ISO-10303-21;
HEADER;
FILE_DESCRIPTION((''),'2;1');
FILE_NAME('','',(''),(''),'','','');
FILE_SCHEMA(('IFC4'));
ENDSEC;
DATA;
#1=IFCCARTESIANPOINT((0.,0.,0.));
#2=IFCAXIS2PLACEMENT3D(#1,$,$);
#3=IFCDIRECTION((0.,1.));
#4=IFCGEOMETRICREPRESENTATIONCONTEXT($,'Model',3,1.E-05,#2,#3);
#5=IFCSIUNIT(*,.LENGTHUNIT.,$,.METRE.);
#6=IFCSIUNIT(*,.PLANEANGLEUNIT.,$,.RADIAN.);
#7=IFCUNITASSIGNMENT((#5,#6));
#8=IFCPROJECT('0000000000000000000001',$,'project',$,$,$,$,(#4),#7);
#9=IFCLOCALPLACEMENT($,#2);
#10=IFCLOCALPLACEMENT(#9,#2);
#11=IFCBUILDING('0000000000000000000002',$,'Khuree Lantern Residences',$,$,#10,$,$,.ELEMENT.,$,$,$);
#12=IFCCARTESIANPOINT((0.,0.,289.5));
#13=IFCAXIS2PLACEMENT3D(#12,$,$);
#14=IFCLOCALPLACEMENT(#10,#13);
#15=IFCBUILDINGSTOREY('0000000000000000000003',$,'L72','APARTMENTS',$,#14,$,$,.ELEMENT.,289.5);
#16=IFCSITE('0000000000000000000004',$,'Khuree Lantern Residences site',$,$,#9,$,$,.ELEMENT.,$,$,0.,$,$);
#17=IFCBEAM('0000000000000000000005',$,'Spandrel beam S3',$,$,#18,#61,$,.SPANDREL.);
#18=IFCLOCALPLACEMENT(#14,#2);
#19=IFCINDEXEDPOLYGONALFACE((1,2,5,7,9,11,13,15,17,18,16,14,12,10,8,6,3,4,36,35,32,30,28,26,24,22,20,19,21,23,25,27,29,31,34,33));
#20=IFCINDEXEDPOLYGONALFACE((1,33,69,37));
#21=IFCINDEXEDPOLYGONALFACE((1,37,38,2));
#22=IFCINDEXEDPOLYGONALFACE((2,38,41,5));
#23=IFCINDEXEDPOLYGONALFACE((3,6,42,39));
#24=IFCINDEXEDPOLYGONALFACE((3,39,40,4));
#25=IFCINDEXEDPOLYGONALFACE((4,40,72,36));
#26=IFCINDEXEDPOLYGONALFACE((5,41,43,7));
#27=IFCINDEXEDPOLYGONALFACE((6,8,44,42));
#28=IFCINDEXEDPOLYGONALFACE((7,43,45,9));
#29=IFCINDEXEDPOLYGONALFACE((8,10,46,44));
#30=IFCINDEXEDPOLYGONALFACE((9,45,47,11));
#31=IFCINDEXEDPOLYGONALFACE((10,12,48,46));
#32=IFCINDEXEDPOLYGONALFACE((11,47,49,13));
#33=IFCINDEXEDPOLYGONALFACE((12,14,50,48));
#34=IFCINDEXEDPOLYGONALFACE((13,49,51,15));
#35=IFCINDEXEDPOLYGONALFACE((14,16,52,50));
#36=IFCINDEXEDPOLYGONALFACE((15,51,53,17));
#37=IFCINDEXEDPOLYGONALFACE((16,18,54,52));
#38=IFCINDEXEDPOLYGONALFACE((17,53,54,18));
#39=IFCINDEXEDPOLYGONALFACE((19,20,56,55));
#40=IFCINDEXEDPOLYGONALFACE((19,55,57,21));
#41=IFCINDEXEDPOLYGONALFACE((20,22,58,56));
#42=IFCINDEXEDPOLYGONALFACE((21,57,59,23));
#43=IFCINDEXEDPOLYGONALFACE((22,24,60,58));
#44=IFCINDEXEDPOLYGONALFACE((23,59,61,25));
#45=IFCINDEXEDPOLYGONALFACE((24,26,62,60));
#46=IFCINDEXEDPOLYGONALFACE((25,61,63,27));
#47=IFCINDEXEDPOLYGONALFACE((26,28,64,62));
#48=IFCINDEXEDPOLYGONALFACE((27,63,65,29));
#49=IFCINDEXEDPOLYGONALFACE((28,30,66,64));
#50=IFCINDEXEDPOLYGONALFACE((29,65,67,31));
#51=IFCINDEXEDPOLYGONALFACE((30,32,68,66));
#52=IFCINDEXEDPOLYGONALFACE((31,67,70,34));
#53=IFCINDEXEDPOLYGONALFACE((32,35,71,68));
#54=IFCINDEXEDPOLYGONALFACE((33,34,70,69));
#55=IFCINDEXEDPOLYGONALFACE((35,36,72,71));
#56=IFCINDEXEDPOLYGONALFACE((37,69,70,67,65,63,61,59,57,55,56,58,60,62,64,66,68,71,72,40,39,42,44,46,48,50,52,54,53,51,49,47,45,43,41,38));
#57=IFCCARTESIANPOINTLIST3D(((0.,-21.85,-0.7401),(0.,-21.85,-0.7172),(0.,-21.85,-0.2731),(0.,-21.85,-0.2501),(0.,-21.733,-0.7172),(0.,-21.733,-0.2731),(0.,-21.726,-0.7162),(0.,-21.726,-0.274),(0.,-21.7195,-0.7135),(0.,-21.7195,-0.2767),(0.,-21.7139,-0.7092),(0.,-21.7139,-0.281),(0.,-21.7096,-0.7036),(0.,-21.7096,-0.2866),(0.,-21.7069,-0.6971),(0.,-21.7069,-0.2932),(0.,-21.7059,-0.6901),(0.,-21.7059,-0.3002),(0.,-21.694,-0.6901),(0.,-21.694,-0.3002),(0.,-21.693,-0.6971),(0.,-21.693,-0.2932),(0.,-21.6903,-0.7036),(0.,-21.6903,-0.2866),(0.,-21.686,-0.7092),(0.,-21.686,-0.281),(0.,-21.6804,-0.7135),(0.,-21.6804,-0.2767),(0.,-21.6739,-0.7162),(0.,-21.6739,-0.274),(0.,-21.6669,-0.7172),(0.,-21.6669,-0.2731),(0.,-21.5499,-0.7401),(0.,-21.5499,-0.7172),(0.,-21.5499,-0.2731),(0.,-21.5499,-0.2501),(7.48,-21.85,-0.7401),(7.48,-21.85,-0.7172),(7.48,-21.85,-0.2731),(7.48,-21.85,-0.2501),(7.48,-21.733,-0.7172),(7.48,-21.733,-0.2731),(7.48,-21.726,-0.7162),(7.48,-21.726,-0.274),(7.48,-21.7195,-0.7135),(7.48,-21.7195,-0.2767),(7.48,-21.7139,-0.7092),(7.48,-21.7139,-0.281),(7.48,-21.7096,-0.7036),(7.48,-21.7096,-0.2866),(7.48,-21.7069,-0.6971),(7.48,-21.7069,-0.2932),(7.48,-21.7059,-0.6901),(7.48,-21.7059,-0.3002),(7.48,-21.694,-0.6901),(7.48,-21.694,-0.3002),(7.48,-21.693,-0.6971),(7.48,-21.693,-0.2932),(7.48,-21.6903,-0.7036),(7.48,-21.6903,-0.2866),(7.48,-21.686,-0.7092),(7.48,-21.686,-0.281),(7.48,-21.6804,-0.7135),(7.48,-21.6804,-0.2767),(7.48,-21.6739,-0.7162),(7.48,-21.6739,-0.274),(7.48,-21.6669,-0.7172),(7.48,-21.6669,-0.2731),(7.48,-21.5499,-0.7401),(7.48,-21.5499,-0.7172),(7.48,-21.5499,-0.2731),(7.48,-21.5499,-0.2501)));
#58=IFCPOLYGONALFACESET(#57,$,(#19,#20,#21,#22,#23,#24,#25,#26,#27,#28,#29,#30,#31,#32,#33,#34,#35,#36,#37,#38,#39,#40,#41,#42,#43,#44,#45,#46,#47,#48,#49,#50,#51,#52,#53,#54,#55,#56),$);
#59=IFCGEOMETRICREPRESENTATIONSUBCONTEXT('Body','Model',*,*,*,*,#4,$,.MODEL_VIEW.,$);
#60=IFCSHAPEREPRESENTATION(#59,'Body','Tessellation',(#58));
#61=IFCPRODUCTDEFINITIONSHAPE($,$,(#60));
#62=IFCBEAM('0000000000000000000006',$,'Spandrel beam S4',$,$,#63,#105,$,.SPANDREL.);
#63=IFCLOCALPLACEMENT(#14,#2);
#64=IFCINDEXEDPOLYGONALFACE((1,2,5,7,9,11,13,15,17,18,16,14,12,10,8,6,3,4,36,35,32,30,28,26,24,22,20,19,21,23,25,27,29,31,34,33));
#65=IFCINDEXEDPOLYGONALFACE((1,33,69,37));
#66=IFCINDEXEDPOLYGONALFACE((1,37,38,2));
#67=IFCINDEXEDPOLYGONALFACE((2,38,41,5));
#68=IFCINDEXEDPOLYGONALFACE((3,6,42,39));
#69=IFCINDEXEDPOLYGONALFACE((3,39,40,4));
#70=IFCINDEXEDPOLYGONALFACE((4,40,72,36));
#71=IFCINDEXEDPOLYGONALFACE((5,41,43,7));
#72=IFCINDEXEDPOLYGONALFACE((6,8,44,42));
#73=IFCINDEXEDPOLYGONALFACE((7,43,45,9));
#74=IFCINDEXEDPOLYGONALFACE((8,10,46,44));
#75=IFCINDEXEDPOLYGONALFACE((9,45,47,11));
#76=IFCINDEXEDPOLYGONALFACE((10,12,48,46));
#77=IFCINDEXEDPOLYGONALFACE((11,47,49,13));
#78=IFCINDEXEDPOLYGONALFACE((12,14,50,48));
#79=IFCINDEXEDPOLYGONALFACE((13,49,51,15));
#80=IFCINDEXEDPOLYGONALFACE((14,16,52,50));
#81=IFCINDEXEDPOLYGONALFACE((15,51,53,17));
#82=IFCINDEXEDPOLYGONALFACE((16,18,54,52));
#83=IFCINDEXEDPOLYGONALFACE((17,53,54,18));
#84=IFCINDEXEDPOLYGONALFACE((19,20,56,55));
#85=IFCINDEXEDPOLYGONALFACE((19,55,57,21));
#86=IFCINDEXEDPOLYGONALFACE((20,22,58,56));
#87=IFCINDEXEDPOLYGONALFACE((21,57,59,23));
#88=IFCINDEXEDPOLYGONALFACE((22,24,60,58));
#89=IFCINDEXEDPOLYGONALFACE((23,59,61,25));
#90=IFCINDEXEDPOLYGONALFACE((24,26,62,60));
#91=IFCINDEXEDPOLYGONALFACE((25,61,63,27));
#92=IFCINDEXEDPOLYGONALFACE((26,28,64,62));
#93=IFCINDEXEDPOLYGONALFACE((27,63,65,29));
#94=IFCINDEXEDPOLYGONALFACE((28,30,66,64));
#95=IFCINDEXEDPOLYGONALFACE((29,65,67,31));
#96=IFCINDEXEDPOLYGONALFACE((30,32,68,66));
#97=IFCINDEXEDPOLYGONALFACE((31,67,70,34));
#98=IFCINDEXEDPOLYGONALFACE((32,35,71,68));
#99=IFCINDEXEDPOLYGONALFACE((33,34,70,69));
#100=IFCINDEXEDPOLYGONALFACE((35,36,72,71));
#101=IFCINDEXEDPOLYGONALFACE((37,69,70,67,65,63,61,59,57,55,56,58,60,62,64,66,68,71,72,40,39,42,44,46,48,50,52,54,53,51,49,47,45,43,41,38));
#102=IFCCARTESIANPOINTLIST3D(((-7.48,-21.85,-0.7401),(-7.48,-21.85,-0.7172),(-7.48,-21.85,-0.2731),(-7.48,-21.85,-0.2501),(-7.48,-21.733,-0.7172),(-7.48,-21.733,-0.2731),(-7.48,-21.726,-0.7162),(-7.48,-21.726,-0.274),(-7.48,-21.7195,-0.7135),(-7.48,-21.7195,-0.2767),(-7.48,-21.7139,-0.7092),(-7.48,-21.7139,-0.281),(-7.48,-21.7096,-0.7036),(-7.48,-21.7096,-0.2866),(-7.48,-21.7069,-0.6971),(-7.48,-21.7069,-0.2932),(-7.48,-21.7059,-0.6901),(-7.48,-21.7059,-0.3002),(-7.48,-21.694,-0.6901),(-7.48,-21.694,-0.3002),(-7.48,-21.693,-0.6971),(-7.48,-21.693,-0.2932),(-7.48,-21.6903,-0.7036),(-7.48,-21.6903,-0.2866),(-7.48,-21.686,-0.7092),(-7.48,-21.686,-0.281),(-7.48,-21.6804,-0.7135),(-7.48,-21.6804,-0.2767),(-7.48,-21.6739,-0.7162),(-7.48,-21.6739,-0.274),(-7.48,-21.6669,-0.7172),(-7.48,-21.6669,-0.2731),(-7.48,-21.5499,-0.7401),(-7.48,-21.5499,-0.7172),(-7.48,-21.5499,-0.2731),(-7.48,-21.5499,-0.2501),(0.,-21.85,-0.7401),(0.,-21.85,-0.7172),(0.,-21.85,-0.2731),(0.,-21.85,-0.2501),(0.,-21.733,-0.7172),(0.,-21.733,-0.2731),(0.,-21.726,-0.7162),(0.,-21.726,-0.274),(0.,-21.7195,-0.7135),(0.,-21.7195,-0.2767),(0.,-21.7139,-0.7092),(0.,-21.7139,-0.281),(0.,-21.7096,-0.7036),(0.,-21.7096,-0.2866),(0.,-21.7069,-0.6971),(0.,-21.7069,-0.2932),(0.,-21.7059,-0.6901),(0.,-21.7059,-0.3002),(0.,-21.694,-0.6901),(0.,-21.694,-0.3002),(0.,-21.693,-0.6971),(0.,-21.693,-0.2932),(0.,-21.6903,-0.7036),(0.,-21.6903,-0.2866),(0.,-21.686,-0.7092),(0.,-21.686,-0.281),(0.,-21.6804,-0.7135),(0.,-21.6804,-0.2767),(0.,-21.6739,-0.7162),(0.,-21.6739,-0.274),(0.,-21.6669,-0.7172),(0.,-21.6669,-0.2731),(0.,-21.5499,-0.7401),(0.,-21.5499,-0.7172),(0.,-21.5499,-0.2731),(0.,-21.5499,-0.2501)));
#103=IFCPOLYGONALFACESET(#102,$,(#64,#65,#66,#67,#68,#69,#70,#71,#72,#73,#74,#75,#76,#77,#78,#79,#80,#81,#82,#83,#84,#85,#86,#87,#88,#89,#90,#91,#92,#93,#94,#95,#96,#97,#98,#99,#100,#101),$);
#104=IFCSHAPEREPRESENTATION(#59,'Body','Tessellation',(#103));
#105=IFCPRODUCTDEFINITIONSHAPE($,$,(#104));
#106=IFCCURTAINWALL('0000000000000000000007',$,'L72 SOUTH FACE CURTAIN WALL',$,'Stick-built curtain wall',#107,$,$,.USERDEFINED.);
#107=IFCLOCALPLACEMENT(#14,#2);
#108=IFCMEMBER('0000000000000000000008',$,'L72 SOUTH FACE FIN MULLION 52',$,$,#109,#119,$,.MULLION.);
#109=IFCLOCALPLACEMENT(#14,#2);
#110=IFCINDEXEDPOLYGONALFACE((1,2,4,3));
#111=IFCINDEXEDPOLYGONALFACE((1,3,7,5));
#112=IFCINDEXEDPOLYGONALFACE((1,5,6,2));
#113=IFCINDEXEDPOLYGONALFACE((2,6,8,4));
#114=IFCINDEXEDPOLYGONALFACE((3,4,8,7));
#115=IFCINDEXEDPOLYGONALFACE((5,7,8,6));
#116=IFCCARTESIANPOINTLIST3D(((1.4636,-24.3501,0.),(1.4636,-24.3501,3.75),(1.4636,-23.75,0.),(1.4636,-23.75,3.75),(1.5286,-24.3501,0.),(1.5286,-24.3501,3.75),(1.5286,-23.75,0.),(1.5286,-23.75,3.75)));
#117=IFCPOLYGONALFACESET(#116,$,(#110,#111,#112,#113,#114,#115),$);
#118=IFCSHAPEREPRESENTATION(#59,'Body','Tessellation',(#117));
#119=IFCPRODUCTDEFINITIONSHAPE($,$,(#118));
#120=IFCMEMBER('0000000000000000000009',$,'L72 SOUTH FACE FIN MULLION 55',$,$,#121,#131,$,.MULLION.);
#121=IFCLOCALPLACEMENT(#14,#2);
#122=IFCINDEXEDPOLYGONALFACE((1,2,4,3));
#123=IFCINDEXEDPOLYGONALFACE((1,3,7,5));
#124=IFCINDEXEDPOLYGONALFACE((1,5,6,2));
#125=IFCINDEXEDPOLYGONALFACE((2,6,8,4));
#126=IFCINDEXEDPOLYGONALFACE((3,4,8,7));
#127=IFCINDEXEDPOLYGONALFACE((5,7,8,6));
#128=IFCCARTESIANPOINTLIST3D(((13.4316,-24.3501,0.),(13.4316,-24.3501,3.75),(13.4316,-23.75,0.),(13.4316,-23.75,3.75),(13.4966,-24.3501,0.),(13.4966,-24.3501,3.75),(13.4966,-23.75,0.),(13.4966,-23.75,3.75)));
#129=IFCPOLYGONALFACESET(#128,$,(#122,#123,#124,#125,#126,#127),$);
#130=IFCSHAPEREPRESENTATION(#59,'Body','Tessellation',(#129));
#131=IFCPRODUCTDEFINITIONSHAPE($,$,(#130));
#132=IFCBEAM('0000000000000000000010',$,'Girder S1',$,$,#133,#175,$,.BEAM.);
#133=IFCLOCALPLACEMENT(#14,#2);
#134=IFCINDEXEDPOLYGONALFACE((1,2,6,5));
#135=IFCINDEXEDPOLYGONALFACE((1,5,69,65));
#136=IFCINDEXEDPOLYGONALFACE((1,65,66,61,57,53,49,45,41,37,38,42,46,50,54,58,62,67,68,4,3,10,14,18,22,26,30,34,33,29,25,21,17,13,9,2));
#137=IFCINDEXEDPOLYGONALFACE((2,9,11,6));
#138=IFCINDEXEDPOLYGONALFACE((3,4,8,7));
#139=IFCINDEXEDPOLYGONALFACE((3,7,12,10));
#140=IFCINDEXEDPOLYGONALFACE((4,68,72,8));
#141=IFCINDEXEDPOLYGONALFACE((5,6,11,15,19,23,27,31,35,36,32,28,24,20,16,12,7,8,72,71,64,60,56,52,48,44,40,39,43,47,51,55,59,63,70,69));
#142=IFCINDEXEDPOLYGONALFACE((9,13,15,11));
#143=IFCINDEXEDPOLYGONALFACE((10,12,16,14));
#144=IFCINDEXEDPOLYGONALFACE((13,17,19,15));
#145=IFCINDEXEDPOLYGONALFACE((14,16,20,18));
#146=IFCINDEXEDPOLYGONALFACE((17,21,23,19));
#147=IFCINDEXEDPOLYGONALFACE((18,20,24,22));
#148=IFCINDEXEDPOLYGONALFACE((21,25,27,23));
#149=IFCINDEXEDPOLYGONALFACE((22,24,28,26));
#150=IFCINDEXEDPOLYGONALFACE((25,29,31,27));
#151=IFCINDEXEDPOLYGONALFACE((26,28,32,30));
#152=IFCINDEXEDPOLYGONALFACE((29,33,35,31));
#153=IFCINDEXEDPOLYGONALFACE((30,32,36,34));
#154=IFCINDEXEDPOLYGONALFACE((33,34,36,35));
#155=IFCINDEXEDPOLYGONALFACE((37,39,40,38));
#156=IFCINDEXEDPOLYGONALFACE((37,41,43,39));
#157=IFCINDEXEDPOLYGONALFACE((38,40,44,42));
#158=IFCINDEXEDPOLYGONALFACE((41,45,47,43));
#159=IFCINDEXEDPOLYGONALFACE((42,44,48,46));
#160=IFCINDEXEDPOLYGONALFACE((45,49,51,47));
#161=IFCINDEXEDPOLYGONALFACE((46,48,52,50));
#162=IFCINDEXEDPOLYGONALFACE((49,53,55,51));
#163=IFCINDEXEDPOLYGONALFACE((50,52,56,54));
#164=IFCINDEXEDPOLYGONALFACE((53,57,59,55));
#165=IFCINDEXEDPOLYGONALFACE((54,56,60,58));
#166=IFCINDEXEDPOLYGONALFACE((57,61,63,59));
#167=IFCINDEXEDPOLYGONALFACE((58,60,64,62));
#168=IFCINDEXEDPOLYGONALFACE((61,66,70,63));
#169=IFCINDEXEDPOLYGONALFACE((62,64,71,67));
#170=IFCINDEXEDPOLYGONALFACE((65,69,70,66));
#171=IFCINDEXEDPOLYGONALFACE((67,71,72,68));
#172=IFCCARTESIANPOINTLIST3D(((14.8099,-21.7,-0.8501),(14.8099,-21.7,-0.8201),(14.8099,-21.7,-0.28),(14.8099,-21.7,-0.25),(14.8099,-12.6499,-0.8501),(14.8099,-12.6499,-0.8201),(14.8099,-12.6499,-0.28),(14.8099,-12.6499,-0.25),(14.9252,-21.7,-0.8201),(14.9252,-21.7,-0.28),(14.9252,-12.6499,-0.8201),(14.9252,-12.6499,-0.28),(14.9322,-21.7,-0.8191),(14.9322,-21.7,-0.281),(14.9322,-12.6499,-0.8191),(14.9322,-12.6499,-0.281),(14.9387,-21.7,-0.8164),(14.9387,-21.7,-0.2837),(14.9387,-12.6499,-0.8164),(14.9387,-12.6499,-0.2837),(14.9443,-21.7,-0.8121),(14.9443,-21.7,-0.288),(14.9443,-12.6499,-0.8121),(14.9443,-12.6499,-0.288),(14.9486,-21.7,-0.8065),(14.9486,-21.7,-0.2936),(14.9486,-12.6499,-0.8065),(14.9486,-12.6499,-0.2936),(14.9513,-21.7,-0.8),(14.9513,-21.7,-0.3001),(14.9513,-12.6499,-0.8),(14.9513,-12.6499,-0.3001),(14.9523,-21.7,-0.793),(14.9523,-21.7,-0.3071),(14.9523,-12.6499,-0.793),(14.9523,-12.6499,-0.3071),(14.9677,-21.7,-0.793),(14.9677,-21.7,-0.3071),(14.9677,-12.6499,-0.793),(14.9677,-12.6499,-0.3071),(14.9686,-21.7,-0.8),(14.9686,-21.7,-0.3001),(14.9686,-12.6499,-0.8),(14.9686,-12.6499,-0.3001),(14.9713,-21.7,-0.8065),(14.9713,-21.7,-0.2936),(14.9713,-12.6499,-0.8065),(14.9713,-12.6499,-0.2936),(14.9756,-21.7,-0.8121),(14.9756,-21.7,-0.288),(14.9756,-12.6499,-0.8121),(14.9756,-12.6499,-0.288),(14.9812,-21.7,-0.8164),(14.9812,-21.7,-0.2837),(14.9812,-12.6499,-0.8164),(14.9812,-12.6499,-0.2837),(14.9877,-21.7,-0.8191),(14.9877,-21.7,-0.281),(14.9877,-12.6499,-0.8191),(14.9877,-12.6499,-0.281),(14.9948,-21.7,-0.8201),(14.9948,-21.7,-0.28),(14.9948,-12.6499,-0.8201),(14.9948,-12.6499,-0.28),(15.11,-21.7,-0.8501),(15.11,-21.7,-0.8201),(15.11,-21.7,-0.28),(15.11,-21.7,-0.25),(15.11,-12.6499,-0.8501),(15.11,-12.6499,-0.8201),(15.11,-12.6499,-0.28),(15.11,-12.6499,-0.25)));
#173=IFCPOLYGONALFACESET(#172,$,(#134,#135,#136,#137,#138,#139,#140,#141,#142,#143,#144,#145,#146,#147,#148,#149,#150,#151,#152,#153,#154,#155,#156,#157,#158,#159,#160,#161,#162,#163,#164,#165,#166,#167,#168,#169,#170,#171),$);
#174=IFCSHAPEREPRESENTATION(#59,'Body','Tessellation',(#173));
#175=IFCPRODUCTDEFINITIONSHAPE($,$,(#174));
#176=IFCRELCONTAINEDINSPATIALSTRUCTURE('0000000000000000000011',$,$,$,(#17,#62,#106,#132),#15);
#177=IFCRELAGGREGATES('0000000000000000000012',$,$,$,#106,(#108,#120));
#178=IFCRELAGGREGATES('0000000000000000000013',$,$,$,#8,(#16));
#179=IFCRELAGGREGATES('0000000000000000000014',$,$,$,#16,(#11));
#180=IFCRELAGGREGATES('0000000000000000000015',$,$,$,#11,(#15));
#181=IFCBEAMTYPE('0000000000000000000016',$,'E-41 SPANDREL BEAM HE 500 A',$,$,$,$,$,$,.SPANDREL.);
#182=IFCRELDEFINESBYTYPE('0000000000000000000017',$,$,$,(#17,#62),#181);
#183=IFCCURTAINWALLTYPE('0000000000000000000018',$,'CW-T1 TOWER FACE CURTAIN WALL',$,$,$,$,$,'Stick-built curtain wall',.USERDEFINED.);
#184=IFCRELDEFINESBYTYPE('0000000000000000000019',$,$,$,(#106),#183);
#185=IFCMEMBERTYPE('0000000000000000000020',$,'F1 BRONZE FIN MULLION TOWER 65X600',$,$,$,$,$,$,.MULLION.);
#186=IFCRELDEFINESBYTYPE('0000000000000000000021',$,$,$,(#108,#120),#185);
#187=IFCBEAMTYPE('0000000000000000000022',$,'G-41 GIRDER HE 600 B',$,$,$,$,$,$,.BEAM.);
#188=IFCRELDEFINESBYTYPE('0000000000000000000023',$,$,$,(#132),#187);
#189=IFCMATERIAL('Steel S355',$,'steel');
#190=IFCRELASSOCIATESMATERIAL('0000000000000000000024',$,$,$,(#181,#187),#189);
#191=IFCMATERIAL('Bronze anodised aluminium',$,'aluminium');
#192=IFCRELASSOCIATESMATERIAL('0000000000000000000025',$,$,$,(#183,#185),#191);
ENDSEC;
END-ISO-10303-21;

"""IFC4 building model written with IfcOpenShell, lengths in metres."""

from ifc_helpers import new_model, si_unit, direction, frame, origin, origin_2d, place, context, subcontext, project, spatial, rectangle, i_section, extrude, material, material_profile, profile_set, type_object, element, aggregate, save


model = new_model("IFC4")

# Units and contexts
model_context = context("Model", 3, precision=1e-05, world=origin(), true_north=direction((0.0, 1.0)))
body_context = subcontext(model_context, "Body", "Model", "MODEL_VIEW")
ifc_project = project(units=[si_unit("LENGTHUNIT", "METRE"), si_unit("PLANEANGLEUNIT", "RADIAN")], contexts=[model_context])

# Site, building, storey
site_placement = place(None, origin())
site = spatial("IfcSite", under=ifc_project, at=site_placement, Name="Khuree Lantern Residences site", CompositionType="ELEMENT", RefElevation=0.0)
building_placement = place(site_placement, origin())
building = spatial("IfcBuilding", under=site, at=building_placement, Name="Khuree Lantern Residences", CompositionType="ELEMENT")
storey_placement = place(building_placement, frame((0.0, 0.0, 289.5)))
storey = spatial("IfcBuildingStorey", under=building, at=storey_placement, Name="L72", Description="APARTMENTS", CompositionType="ELEMENT", Elevation=289.5)

# Beams
ifc_material_1 = material(Name="Steel S355", Category="steel")
ifc_material_profile_1 = material_profile(ifc_material_1, i_section(OverallWidth=0.3, OverallDepth=0.49, WebThickness=0.012, FlangeThickness=0.0229, FilletRadius=0.0271, at=origin_2d()), Name="HE 500 A")
ifc_profile_set_1 = profile_set([ifc_material_profile_1], Name="Steel S355")
beam_type_1 = type_object("IfcBeamType", Name="E-41 SPANDREL BEAM HE 500 A", PredefinedType="SPANDREL", material=ifc_profile_set_1)
for number, where, z_axis, x_axis, name in (
    (1, (7.48, -21.7, -0.4951), (-1.0, 0.0, 0.0), (0.0, -1.0, 0.0), "Spandrel beam S3"),
    (2, (0.0, -21.7, -0.4951), (-1.0, 0.0, 0.0), (0.0, -1.0, 0.0), "Spandrel beam S4"),
):
    element("IfcBeam", number, at=place(storey_placement, frame(where, z_axis=z_axis, x_axis=x_axis)), inside=storey, type_object=beam_type_1, Name=name, PredefinedType="SPANDREL", context=body_context, shape_type="SweptSolid", body=[
        extrude(i_section(OverallWidth=0.3, OverallDepth=0.49, WebThickness=0.012, FlangeThickness=0.0229, FilletRadius=0.0271, at=origin_2d()), origin(), (0.0, 0.0, 1.0), 7.48),
    ])

# Curtain wall, members
ifc_material_2 = material(Name="Bronze anodised aluminium", Category="aluminium")
curtain_wall_type = type_object("IfcCurtainWallType", Name="CW-T1 TOWER FACE CURTAIN WALL", ElementType="Stick-built curtain wall", PredefinedType="USERDEFINED", material=ifc_material_2)
curtain_wall_placement = place(storey_placement, origin())
curtain_wall = element("IfcCurtainWall", 3, at=curtain_wall_placement, inside=storey, type_object=curtain_wall_type, Name="L72 SOUTH FACE CURTAIN WALL", ObjectType="Stick-built curtain wall", PredefinedType="USERDEFINED")
ifc_material_profile_2 = material_profile(ifc_material_2, rectangle(XDim=0.0649, YDim=0.6001, at=origin_2d()), Name="F1 65X600")
ifc_profile_set_2 = profile_set([ifc_material_profile_2], Name="Bronze anodised aluminium")
member_type_1 = type_object("IfcMemberType", Name="F1 BRONZE FIN MULLION TOWER 65X600", PredefinedType="MULLION", material=ifc_profile_set_2)
member_1_placement = place(storey_placement, frame((1.4961, -24.05, 0.0), z_axis=(0.0, 0.0, 1.0), x_axis=(1.0, 0.0, 0.0)))
member_1 = element("IfcMember", 4, at=member_1_placement, type_object=member_type_1, Name="L72 SOUTH FACE FIN MULLION 52", PredefinedType="MULLION", context=body_context, shape_type="SweptSolid", body=[
    extrude(rectangle(XDim=0.0649, YDim=0.6001, at=origin_2d()), origin(), (0.0, 0.0, 1.0), 3.75),
])
member_2_placement = place(storey_placement, frame((13.4641, -24.05, 0.0), z_axis=(0.0, 0.0, 1.0), x_axis=(1.0, 0.0, 0.0)))
member_2 = element("IfcMember", 5, at=member_2_placement, type_object=member_type_1, Name="L72 SOUTH FACE FIN MULLION 55", PredefinedType="MULLION", context=body_context, shape_type="SweptSolid", body=[
    extrude(rectangle(XDim=0.0649, YDim=0.6001, at=origin_2d()), origin(), (0.0, 0.0, 1.0), 3.75),
])

# Beam
ifc_material_profile_3 = material_profile(ifc_material_1, i_section(OverallWidth=0.3, OverallDepth=0.6001, WebThickness=0.0154, FlangeThickness=0.03, FilletRadius=0.0271, at=origin_2d()), Name="HE 600 B")
ifc_profile_set_3 = profile_set([ifc_material_profile_3], Name="Steel S355")
beam_type_2 = type_object("IfcBeamType", Name="G-41 GIRDER HE 600 B", PredefinedType="BEAM", material=ifc_profile_set_3)
for number, where, z_axis, x_axis, name in (
    (6, (14.96, -21.7, -0.55), (0.0, 1.0, 0.0), (-1.0, 0.0, 0.0), "Girder S1"),
):
    element("IfcBeam", number, at=place(storey_placement, frame(where, z_axis=z_axis, x_axis=x_axis)), inside=storey, type_object=beam_type_2, Name=name, PredefinedType="BEAM", context=body_context, shape_type="SweptSolid", body=[
        extrude(i_section(OverallWidth=0.3, OverallDepth=0.6001, WebThickness=0.0154, FlangeThickness=0.03, FilletRadius=0.0271, at=origin_2d()), origin(), (0.0, 0.0, 1.0), 9.05),
    ])

aggregate(curtain_wall, [member_1, member_2])

save(model, "model.ifc")
